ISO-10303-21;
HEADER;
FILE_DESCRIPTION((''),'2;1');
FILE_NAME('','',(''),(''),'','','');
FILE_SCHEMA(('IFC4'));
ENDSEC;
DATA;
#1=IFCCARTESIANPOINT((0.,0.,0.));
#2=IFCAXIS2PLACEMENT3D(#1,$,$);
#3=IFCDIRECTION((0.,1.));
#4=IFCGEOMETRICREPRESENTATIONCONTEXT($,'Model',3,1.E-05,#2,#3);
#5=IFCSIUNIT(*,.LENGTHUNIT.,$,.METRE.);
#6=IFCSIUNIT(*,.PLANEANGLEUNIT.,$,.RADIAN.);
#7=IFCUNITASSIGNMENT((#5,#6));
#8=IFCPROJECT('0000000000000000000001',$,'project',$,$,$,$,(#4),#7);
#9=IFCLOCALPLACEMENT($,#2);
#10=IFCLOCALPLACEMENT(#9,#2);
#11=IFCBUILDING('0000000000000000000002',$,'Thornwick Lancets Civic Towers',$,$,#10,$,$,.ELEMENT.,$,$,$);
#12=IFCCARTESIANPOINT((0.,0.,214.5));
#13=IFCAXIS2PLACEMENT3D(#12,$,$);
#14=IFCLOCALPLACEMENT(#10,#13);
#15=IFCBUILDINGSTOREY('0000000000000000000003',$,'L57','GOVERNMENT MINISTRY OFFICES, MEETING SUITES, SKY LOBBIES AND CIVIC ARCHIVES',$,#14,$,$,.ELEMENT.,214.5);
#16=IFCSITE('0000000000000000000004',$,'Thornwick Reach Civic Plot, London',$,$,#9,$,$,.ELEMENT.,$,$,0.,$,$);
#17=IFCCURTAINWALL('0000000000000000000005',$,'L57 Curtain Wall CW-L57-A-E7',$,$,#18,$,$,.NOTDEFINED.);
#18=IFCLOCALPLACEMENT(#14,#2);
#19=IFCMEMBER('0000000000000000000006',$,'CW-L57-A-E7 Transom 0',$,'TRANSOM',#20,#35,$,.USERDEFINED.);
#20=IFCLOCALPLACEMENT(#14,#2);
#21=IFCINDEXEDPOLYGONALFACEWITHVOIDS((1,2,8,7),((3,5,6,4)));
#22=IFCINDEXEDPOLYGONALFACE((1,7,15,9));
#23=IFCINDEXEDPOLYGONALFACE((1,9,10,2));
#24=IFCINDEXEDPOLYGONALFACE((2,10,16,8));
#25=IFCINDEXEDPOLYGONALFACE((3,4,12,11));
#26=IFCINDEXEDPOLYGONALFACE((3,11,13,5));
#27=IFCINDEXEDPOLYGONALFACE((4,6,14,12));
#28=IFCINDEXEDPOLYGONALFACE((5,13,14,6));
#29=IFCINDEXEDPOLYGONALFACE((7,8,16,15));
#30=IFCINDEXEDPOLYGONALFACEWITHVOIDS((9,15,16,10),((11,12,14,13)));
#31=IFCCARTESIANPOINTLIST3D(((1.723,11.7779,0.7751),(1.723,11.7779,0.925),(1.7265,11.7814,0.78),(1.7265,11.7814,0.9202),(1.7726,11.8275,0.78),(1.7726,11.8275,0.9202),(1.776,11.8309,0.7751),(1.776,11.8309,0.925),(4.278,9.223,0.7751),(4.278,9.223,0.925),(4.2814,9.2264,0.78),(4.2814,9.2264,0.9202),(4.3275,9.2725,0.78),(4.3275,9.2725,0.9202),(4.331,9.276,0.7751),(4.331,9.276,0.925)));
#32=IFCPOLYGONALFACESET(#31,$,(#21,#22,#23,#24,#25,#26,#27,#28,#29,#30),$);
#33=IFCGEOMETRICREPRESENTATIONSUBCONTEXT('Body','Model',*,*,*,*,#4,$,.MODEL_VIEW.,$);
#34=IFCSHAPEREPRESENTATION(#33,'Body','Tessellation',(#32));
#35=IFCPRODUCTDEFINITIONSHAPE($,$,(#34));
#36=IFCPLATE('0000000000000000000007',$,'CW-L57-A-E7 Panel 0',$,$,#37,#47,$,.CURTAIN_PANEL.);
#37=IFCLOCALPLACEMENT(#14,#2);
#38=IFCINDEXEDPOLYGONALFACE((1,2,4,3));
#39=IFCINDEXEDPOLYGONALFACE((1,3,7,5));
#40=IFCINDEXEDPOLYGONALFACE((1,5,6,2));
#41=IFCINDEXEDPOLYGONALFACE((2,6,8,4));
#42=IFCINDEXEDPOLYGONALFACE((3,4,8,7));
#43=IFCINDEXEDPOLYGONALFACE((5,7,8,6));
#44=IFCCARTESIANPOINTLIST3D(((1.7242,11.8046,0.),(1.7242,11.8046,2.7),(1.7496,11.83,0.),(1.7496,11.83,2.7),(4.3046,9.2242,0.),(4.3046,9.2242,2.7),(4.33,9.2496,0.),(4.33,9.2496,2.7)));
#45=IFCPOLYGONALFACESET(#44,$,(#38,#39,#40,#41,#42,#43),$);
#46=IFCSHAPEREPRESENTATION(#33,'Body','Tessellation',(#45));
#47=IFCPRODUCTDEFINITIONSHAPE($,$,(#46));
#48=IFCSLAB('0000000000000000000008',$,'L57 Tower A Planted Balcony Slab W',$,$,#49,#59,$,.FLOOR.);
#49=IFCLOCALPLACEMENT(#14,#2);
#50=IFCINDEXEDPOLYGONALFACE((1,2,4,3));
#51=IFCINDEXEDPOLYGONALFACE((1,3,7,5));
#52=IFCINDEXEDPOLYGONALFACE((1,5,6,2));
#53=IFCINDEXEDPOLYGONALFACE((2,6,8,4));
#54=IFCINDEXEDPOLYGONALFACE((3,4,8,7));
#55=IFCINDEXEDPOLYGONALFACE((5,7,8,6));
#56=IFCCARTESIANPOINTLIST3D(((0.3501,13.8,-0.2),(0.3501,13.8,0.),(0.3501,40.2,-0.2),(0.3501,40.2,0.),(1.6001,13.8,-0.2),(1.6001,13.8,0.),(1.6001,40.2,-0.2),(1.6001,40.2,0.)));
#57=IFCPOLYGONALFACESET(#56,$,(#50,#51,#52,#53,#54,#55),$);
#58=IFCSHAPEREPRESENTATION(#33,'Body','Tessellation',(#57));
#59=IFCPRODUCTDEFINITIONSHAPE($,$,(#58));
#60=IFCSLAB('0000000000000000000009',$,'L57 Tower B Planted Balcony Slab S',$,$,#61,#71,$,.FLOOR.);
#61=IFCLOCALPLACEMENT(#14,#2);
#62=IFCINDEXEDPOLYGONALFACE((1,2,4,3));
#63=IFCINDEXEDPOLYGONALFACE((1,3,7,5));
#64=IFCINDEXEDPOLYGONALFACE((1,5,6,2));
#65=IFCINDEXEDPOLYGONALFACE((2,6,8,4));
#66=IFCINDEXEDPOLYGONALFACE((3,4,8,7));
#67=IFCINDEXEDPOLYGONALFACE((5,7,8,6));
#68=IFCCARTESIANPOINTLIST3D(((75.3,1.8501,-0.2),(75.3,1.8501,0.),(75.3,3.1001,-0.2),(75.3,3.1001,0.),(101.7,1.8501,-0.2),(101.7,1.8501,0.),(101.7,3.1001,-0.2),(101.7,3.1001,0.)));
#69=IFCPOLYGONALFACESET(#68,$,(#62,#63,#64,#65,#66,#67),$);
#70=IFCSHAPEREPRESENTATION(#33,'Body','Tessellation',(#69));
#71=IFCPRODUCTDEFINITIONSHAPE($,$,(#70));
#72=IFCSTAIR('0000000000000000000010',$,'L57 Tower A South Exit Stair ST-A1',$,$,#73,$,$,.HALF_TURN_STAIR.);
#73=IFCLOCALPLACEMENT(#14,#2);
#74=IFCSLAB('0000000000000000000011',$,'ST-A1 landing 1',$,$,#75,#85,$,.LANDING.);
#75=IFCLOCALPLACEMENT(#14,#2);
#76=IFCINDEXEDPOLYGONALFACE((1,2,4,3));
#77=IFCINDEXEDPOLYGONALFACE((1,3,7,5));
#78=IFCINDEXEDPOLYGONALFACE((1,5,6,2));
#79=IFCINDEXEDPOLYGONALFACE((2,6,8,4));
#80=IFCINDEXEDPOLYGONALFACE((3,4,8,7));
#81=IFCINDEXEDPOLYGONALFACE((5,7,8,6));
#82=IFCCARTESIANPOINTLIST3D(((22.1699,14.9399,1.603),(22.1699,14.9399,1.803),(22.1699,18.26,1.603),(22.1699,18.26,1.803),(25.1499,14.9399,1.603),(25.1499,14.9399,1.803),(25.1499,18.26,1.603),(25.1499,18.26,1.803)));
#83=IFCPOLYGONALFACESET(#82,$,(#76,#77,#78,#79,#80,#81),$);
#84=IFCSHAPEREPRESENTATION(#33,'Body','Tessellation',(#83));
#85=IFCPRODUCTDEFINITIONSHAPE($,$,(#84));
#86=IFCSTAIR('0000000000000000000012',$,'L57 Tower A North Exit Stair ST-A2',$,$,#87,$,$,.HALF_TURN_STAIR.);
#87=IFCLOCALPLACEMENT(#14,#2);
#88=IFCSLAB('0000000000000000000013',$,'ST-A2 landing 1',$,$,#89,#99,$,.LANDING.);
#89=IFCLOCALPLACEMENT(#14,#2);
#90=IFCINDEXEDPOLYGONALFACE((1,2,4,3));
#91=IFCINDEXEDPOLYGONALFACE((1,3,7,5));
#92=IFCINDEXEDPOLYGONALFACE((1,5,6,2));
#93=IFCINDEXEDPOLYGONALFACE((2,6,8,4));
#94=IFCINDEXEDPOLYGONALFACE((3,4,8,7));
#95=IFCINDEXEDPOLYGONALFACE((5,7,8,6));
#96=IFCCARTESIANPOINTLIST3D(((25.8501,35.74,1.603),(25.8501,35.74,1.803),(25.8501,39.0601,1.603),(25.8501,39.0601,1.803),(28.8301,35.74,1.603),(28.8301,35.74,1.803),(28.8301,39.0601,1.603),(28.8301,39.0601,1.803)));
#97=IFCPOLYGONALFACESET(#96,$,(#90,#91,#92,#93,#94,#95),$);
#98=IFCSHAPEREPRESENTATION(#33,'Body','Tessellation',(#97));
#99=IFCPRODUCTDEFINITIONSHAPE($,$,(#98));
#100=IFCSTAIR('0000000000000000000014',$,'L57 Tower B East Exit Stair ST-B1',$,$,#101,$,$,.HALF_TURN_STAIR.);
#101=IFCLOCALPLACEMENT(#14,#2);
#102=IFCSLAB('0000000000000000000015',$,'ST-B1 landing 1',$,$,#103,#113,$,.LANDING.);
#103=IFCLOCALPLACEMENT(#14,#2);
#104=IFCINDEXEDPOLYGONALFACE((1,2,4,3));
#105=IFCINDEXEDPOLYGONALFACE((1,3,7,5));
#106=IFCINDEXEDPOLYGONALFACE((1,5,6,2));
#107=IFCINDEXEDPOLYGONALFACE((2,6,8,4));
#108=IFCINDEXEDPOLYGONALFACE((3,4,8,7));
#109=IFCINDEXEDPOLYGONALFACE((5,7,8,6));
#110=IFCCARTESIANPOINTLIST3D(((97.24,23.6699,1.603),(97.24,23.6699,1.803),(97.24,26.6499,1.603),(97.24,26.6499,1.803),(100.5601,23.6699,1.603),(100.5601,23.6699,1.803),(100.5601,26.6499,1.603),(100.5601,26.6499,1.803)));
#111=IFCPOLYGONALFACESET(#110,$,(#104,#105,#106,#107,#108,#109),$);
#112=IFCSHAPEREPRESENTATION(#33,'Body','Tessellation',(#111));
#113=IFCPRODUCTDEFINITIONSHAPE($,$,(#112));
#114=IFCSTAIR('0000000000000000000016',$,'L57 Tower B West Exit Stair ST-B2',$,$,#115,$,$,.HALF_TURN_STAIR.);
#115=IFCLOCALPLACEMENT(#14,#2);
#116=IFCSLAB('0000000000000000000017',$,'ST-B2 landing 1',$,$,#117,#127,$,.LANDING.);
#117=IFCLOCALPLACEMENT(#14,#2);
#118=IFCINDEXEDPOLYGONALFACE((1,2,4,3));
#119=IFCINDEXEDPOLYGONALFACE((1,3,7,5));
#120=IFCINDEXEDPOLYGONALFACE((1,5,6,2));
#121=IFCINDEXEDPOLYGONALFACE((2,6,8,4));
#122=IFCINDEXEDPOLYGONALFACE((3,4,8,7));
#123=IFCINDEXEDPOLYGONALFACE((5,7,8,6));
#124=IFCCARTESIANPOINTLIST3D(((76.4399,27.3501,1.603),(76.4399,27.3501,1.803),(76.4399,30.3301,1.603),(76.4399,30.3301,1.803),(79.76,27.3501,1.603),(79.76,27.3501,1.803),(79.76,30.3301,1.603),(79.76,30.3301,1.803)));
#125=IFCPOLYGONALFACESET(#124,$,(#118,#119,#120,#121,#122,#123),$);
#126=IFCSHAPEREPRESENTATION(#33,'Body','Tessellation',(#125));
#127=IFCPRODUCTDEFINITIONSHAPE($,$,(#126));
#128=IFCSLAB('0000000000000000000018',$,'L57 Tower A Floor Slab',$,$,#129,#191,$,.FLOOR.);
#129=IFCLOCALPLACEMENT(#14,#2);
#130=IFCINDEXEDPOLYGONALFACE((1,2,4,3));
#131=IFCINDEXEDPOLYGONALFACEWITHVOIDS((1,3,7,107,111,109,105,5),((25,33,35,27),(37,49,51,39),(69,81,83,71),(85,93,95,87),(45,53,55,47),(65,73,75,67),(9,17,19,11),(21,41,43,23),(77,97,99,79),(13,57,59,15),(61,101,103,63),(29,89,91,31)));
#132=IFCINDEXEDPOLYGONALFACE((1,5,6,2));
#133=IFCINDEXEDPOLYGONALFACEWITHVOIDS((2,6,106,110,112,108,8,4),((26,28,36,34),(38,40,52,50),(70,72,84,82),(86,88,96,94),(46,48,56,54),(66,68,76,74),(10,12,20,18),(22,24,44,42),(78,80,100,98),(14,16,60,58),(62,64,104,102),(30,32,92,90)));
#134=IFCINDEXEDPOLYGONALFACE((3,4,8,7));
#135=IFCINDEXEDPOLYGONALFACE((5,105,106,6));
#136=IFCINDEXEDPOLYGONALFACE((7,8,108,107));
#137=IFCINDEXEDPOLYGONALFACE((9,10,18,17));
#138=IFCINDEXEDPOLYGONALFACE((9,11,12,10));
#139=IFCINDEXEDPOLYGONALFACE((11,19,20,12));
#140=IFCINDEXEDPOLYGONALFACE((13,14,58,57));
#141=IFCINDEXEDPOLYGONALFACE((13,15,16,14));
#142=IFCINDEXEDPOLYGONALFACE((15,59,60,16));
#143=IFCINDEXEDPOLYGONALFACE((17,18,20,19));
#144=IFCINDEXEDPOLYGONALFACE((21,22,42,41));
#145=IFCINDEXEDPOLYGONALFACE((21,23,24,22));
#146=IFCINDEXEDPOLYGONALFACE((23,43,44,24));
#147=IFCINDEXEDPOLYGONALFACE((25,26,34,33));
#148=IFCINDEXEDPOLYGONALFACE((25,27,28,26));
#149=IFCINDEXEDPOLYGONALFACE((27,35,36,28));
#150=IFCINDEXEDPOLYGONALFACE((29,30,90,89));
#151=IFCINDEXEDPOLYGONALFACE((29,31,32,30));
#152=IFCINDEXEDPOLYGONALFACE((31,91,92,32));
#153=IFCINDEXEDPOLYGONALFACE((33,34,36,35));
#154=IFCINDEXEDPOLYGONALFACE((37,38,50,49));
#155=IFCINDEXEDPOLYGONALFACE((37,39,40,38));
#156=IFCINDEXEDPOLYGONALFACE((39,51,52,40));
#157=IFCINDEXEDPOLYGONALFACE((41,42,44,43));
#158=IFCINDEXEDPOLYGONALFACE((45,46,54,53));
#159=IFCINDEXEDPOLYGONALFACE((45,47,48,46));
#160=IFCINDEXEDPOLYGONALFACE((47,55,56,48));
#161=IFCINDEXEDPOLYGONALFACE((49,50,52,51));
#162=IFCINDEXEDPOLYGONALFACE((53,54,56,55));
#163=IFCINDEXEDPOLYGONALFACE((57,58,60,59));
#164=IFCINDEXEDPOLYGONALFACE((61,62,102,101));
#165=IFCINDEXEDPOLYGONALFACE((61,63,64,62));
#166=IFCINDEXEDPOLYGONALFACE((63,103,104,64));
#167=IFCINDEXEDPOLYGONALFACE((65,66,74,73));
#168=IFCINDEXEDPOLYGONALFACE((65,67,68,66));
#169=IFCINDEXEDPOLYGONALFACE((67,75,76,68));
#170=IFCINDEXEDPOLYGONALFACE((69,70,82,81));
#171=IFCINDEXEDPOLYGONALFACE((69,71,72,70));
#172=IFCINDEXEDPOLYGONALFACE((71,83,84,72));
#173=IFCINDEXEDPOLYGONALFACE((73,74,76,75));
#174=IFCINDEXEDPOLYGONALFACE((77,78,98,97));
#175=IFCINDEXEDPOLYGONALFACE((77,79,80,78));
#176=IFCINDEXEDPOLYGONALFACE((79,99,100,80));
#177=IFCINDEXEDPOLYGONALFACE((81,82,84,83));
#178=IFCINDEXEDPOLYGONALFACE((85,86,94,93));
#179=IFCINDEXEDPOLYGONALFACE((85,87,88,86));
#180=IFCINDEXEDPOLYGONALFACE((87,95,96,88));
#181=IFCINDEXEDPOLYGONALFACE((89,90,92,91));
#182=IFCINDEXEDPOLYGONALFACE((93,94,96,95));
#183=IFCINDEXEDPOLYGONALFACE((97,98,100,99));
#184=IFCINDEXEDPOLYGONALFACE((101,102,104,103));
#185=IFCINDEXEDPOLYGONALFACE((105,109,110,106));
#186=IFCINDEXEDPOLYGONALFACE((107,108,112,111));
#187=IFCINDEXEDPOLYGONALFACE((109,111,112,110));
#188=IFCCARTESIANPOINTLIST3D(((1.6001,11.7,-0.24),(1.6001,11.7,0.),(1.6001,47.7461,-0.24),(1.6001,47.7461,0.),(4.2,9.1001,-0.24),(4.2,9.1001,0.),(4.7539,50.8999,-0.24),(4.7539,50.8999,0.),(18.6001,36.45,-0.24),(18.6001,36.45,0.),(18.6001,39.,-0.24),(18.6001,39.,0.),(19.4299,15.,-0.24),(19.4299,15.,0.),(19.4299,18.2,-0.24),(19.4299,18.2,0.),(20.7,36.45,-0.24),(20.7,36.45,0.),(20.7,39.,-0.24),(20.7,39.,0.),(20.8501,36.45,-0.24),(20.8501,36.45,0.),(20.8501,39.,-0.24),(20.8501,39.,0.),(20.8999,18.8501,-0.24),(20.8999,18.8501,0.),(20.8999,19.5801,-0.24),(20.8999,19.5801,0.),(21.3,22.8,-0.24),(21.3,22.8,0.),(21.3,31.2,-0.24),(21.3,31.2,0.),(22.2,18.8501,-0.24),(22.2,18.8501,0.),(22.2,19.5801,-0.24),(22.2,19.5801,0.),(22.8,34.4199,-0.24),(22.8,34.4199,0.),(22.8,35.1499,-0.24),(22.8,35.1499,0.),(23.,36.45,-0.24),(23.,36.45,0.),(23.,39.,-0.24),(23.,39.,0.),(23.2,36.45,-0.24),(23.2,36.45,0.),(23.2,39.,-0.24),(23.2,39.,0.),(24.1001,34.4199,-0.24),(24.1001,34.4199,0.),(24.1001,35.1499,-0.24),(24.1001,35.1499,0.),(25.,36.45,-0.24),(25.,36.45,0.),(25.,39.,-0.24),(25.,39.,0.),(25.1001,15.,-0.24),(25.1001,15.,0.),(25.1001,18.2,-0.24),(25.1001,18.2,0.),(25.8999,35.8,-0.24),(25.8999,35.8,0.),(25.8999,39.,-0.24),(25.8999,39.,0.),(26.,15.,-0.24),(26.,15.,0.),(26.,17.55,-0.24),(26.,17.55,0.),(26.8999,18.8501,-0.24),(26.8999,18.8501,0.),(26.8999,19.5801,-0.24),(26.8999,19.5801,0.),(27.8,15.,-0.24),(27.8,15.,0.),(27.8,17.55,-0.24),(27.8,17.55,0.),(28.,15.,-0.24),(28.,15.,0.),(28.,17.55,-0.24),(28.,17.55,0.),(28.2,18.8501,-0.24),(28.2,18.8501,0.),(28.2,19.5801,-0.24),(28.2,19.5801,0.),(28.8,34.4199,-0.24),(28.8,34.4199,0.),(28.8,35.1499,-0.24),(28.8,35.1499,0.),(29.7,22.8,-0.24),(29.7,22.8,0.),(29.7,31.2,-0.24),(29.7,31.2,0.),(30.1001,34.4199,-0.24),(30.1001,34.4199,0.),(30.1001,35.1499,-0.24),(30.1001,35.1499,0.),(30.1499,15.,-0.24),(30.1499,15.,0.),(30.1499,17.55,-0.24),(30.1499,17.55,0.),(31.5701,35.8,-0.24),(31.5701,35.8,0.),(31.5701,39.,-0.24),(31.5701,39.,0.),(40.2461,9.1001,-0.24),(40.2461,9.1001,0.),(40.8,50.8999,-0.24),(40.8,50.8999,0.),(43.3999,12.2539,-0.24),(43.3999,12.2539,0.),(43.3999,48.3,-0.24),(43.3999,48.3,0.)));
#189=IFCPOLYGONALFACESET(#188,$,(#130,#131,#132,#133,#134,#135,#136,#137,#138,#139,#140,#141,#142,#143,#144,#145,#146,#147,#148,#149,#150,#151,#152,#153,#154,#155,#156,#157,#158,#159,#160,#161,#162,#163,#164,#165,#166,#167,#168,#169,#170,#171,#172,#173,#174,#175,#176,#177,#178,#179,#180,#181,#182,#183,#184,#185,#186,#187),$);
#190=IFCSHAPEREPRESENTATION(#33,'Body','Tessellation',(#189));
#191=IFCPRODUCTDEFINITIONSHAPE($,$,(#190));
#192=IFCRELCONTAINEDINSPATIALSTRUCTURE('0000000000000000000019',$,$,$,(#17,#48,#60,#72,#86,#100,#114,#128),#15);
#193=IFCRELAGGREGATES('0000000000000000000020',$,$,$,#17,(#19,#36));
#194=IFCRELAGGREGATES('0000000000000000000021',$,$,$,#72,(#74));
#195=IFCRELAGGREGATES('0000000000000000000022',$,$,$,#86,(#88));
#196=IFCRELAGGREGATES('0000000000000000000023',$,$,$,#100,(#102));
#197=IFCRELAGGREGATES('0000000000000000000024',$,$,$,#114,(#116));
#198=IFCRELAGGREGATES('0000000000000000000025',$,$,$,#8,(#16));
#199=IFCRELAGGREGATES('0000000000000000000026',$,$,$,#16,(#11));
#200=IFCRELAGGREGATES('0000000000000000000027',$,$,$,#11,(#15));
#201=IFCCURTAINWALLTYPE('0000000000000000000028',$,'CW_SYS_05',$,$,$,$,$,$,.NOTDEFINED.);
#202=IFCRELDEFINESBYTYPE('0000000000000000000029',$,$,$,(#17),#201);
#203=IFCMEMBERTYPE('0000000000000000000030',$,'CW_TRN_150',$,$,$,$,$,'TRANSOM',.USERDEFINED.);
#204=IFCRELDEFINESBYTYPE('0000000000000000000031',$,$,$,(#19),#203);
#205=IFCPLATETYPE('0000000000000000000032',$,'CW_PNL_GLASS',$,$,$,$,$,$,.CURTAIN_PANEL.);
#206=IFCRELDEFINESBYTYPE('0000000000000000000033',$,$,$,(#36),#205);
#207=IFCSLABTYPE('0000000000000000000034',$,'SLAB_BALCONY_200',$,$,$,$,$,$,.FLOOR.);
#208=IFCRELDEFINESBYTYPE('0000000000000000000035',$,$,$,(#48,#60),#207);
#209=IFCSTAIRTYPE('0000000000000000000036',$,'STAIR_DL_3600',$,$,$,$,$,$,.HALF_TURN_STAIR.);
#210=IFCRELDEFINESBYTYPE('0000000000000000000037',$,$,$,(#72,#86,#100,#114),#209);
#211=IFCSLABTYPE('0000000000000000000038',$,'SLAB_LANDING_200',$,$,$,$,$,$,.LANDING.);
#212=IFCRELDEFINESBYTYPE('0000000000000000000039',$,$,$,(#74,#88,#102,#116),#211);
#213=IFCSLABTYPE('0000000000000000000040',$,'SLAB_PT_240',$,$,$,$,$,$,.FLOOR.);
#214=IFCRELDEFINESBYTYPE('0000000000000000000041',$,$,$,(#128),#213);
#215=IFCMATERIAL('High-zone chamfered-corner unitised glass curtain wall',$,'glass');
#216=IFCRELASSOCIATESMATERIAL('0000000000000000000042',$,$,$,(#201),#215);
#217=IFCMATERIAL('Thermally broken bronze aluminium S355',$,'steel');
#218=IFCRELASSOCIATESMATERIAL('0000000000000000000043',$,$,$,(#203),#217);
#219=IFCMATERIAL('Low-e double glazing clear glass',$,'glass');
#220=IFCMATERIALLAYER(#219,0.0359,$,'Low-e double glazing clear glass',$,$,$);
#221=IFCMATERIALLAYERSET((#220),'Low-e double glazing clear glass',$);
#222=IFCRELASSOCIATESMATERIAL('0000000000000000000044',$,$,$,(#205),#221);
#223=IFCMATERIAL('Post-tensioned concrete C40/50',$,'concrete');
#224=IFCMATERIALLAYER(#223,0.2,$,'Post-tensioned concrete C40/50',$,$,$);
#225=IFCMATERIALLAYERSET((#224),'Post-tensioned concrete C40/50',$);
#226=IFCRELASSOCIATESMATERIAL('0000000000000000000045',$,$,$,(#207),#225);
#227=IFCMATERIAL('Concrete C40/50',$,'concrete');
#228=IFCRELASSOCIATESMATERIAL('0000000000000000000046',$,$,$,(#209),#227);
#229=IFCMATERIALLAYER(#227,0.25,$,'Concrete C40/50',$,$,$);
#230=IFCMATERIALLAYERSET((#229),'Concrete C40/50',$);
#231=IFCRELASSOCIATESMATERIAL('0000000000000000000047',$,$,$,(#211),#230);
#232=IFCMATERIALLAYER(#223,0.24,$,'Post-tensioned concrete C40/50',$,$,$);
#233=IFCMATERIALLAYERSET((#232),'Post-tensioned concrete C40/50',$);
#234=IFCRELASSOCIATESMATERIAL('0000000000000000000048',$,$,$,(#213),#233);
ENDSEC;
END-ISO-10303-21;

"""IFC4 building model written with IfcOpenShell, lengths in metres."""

from ifc_helpers import new_model, si_unit, direction, frame, origin, origin_2d, place, context, subcontext, project, spatial, polyline, rectangle, hollow_rectangle, outline, extrude, material, layer, layer_set, material_profile, profile_set, type_object, element, aggregate, save


model = new_model("IFC4")

# Units and contexts
model_context = context("Model", 3, precision=1e-05, world=origin(), true_north=direction((0.0, 1.0)))
body_context = subcontext(model_context, "Body", "Model", "MODEL_VIEW")
ifc_project = project(units=[si_unit("LENGTHUNIT", "METRE"), si_unit("PLANEANGLEUNIT", "RADIAN")], contexts=[model_context])

# Site, building, storey
site_placement = place(None, origin())
site = spatial("IfcSite", under=ifc_project, at=site_placement, Name="Thornwick Reach Civic Plot, London", CompositionType="ELEMENT", RefElevation=0.0)
building_placement = place(site_placement, origin())
building = spatial("IfcBuilding", under=site, at=building_placement, Name="Thornwick Lancets Civic Towers", CompositionType="ELEMENT")
storey_placement = place(building_placement, frame((0.0, 0.0, 214.5)))
storey = spatial("IfcBuildingStorey", under=building, at=storey_placement, Name="L57", Description="GOVERNMENT MINISTRY OFFICES, MEETING SUITES, SKY LOBBIES AND CIVIC ARCHIVES", CompositionType="ELEMENT", Elevation=214.5)

# Curtain wall, member, plate
ifc_material_1 = material(Name="High-zone chamfered-corner unitised glass curtain wall", Category="glass")
curtain_wall_type = type_object("IfcCurtainWallType", Name="CW_SYS_05", PredefinedType="NOTDEFINED", material=ifc_material_1)
curtain_wall_placement = place(storey_placement, origin())
curtain_wall = element("IfcCurtainWall", 1, at=curtain_wall_placement, inside=storey, type_object=curtain_wall_type, Name="L57 Curtain Wall CW-L57-A-E7", PredefinedType="NOTDEFINED")
ifc_material_2 = material(Name="Thermally broken bronze aluminium S355", Category="steel")
ifc_material_profile_1 = material_profile(ifc_material_2, hollow_rectangle(XDim=0.075, YDim=0.1499, WallThickness=0.0049, at=origin_2d()), Name="RHS 150x75x5")
ifc_profile_set_1 = profile_set([ifc_material_profile_1], Name="Thermally broken bronze aluminium S355")
member_type_1 = type_object("IfcMemberType", Name="CW_TRN_150", ElementType="TRANSOM", PredefinedType="USERDEFINED", material=ifc_profile_set_1)
member_1_placement = place(storey_placement, frame((1.7495, 11.8044, 0.8501), z_axis=(0.707107, -0.707107, 0.0), x_axis=(0.707107, 0.707107, 0.0)))
member_1 = element("IfcMember", 2, at=member_1_placement, type_object=member_type_1, Name="CW-L57-A-E7 Transom 0", ObjectType="TRANSOM", PredefinedType="USERDEFINED", context=body_context, shape_type="SweptSolid", body=[
    extrude(hollow_rectangle(XDim=0.075, YDim=0.1499, WallThickness=0.0049, at=origin_2d()), origin(), (0.0, 0.0, 1.0), 3.6133),
])
ifc_material_3 = material(Name="Low-e double glazing clear glass", Category="glass")
ifc_layer_1 = layer(ifc_material_3, 0.0359, Name="Low-e double glazing clear glass")
ifc_layer_set_1 = layer_set([ifc_layer_1], Name="Low-e double glazing clear glass")
plate_type = type_object("IfcPlateType", Name="CW_PNL_GLASS", PredefinedType="CURTAIN_PANEL", material=ifc_layer_set_1)
plate_placement = place(storey_placement, frame((3.0271, 10.5271, 0.0), z_axis=(0.0, 0.0, 1.0), x_axis=(0.707107, -0.707107, 0.0)))
plate = element("IfcPlate", 3, at=plate_placement, type_object=plate_type, Name="CW-L57-A-E7 Panel 0", PredefinedType="CURTAIN_PANEL", context=body_context, shape_type="SweptSolid", body=[
    extrude(rectangle(XDim=3.6492, YDim=0.0359, at=origin_2d()), origin(), (0.0, 0.0, 1.0), 2.7),
])
aggregate(curtain_wall, [member_1, plate])

# Slabs
ifc_material_4 = material(Name="Post-tensioned concrete C40/50", Category="concrete")
ifc_layer_2 = layer(ifc_material_4, 0.2, Name="Post-tensioned concrete C40/50")
ifc_layer_set_2 = layer_set([ifc_layer_2], Name="Post-tensioned concrete C40/50")
slab_type_1 = type_object("IfcSlabType", Name="SLAB_BALCONY_200", PredefinedType="FLOOR", material=ifc_layer_set_2)
slab_1_placement = place(storey_placement, frame((0.0, 0.0, -0.2)))
element("IfcSlab", 4, at=slab_1_placement, inside=storey, type_object=slab_type_1, Name="L57 Tower A Planted Balcony Slab W", PredefinedType="FLOOR", context=body_context, shape_type="SweptSolid", body=[
    extrude(outline(polyline([(0.3501, 13.8), (1.6001, 13.8), (1.6001, 40.2), (0.3501, 40.2), (0.3501, 13.8)])), origin(), (0.0, 0.0, 1.0), 0.2),
])
slab_2_placement = place(storey_placement, frame((0.0, 0.0, -0.2)))
element("IfcSlab", 5, at=slab_2_placement, inside=storey, type_object=slab_type_1, Name="L57 Tower B Planted Balcony Slab S", PredefinedType="FLOOR", context=body_context, shape_type="SweptSolid", body=[
    extrude(outline(polyline([(75.3, 1.8501), (101.7, 1.8501), (101.7, 3.1001), (75.3, 3.1001), (75.3, 1.8501)])), origin(), (0.0, 0.0, 1.0), 0.2),
])

# Stairs, slabs
ifc_material_5 = material(Name="Concrete C40/50", Category="concrete")
stair_type = type_object("IfcStairType", Name="STAIR_DL_3600", PredefinedType="HALF_TURN_STAIR", material=ifc_material_5)
stair_1_placement = place(storey_placement, origin())
stair_1 = element("IfcStair", 6, at=stair_1_placement, inside=storey, type_object=stair_type, Name="L57 Tower A South Exit Stair ST-A1", PredefinedType="HALF_TURN_STAIR")
ifc_layer_3 = layer(ifc_material_5, 0.25, Name="Concrete C40/50")
ifc_layer_set_3 = layer_set([ifc_layer_3], Name="Concrete C40/50")
slab_type_2 = type_object("IfcSlabType", Name="SLAB_LANDING_200", PredefinedType="LANDING", material=ifc_layer_set_3)
slab_3_placement = place(storey_placement, frame((0.0, 0.0, 1.603)))
slab_3 = element("IfcSlab", 7, at=slab_3_placement, type_object=slab_type_2, Name="ST-A1 landing 1", PredefinedType="LANDING", context=body_context, shape_type="SweptSolid", body=[
    extrude(outline(polyline([(22.1699, 14.9399), (25.1499, 14.9399), (25.1499, 18.26), (22.1699, 18.26), (22.1699, 14.9399)])), origin(), (0.0, 0.0, 1.0), 0.2),
])
aggregate(stair_1, [slab_3])
stair_2_placement = place(storey_placement, origin())
stair_2 = element("IfcStair", 8, at=stair_2_placement, inside=storey, type_object=stair_type, Name="L57 Tower A North Exit Stair ST-A2", PredefinedType="HALF_TURN_STAIR")
slab_4_placement = place(storey_placement, frame((0.0, 0.0, 1.603)))
slab_4 = element("IfcSlab", 9, at=slab_4_placement, type_object=slab_type_2, Name="ST-A2 landing 1", PredefinedType="LANDING", context=body_context, shape_type="SweptSolid", body=[
    extrude(outline(polyline([(28.8301, 39.0601), (25.8501, 39.0601), (25.8501, 35.74), (28.8301, 35.74), (28.8301, 39.0601)])), origin(), (0.0, 0.0, 1.0), 0.2),
])
aggregate(stair_2, [slab_4])
stair_3_placement = place(storey_placement, origin())
stair_3 = element("IfcStair", 10, at=stair_3_placement, inside=storey, type_object=stair_type, Name="L57 Tower B East Exit Stair ST-B1", PredefinedType="HALF_TURN_STAIR")
slab_5_placement = place(storey_placement, frame((0.0, 0.0, 1.603)))
slab_5 = element("IfcSlab", 11, at=slab_5_placement, type_object=slab_type_2, Name="ST-B1 landing 1", PredefinedType="LANDING", context=body_context, shape_type="SweptSolid", body=[
    extrude(outline(polyline([(100.5601, 23.6699), (100.5601, 26.6499), (97.24, 26.6499), (97.24, 23.6699), (100.5601, 23.6699)])), origin(), (0.0, 0.0, 1.0), 0.2),
])
aggregate(stair_3, [slab_5])
stair_4_placement = place(storey_placement, origin())
stair_4 = element("IfcStair", 12, at=stair_4_placement, inside=storey, type_object=stair_type, Name="L57 Tower B West Exit Stair ST-B2", PredefinedType="HALF_TURN_STAIR")
slab_6_placement = place(storey_placement, frame((0.0, 0.0, 1.603)))
slab_6 = element("IfcSlab", 13, at=slab_6_placement, type_object=slab_type_2, Name="ST-B2 landing 1", PredefinedType="LANDING", context=body_context, shape_type="SweptSolid", body=[
    extrude(outline(polyline([(76.4399, 30.3301), (76.4399, 27.3501), (79.76, 27.3501), (79.76, 30.3301), (76.4399, 30.3301)])), origin(), (0.0, 0.0, 1.0), 0.2),
])
aggregate(stair_4, [slab_6])

# Slab
ifc_layer_4 = layer(ifc_material_4, 0.24, Name="Post-tensioned concrete C40/50")
ifc_layer_set_4 = layer_set([ifc_layer_4], Name="Post-tensioned concrete C40/50")
slab_type_3 = type_object("IfcSlabType", Name="SLAB_PT_240", PredefinedType="FLOOR", material=ifc_layer_set_4)
slab_7_placement = place(storey_placement, frame((0.0, 0.0, -0.24)))
element("IfcSlab", 14, at=slab_7_placement, inside=storey, type_object=slab_type_3, Name="L57 Tower A Floor Slab", PredefinedType="FLOOR", context=body_context, shape_type="SweptSolid", body=[
    extrude(outline(polyline([(4.2, 9.1001), (40.2461, 9.1001), (43.3999, 12.2539), (43.3999, 48.3), (40.8, 50.8999), (4.7539, 50.8999), (1.6001, 47.7461), (1.6001, 11.7), (4.2, 9.1001)]), holes=[polyline([(21.3, 22.8), (29.7, 22.8), (29.7, 31.2), (21.3, 31.2), (21.3, 22.8)]), polyline([(19.4299, 15.0), (25.1001, 15.0), (25.1001, 18.2), (19.4299, 18.2), (19.4299, 15.0)]), polyline([(31.5701, 39.0), (25.8999, 39.0), (25.8999, 35.8), (31.5701, 35.8), (31.5701, 39.0)]), polyline([(26.0, 15.0), (27.8, 15.0), (27.8, 17.55), (26.0, 17.55), (26.0, 15.0)]), polyline([(28.0, 15.0), (30.1499, 15.0), (30.1499, 17.55), (28.0, 17.55), (28.0, 15.0)]), polyline([(23.2, 36.45), (25.0, 36.45), (25.0, 39.0), (23.2, 39.0), (23.2, 36.45)]), polyline([(20.8501, 36.45), (23.0, 36.45), (23.0, 39.0), (20.8501, 39.0), (20.8501, 36.45)]), polyline([(18.6001, 36.45), (20.7, 36.45), (20.7, 39.0), (18.6001, 39.0), (18.6001, 36.45)]), polyline([(26.8999, 18.8501), (28.2, 18.8501), (28.2, 19.5801), (26.8999, 19.5801), (26.8999, 18.8501)]), polyline([(20.8999, 18.8501), (22.2, 18.8501), (22.2, 19.5801), (20.8999, 19.5801), (20.8999, 18.8501)]), polyline([(22.8, 34.4199), (24.1001, 34.4199), (24.1001, 35.1499), (22.8, 35.1499), (22.8, 34.4199)]), polyline([(28.8, 34.4199), (30.1001, 34.4199), (30.1001, 35.1499), (28.8, 35.1499), (28.8, 34.4199)])]), origin(), (0.0, 0.0, 1.0), 0.24),
])

save(model, "model.ifc")
